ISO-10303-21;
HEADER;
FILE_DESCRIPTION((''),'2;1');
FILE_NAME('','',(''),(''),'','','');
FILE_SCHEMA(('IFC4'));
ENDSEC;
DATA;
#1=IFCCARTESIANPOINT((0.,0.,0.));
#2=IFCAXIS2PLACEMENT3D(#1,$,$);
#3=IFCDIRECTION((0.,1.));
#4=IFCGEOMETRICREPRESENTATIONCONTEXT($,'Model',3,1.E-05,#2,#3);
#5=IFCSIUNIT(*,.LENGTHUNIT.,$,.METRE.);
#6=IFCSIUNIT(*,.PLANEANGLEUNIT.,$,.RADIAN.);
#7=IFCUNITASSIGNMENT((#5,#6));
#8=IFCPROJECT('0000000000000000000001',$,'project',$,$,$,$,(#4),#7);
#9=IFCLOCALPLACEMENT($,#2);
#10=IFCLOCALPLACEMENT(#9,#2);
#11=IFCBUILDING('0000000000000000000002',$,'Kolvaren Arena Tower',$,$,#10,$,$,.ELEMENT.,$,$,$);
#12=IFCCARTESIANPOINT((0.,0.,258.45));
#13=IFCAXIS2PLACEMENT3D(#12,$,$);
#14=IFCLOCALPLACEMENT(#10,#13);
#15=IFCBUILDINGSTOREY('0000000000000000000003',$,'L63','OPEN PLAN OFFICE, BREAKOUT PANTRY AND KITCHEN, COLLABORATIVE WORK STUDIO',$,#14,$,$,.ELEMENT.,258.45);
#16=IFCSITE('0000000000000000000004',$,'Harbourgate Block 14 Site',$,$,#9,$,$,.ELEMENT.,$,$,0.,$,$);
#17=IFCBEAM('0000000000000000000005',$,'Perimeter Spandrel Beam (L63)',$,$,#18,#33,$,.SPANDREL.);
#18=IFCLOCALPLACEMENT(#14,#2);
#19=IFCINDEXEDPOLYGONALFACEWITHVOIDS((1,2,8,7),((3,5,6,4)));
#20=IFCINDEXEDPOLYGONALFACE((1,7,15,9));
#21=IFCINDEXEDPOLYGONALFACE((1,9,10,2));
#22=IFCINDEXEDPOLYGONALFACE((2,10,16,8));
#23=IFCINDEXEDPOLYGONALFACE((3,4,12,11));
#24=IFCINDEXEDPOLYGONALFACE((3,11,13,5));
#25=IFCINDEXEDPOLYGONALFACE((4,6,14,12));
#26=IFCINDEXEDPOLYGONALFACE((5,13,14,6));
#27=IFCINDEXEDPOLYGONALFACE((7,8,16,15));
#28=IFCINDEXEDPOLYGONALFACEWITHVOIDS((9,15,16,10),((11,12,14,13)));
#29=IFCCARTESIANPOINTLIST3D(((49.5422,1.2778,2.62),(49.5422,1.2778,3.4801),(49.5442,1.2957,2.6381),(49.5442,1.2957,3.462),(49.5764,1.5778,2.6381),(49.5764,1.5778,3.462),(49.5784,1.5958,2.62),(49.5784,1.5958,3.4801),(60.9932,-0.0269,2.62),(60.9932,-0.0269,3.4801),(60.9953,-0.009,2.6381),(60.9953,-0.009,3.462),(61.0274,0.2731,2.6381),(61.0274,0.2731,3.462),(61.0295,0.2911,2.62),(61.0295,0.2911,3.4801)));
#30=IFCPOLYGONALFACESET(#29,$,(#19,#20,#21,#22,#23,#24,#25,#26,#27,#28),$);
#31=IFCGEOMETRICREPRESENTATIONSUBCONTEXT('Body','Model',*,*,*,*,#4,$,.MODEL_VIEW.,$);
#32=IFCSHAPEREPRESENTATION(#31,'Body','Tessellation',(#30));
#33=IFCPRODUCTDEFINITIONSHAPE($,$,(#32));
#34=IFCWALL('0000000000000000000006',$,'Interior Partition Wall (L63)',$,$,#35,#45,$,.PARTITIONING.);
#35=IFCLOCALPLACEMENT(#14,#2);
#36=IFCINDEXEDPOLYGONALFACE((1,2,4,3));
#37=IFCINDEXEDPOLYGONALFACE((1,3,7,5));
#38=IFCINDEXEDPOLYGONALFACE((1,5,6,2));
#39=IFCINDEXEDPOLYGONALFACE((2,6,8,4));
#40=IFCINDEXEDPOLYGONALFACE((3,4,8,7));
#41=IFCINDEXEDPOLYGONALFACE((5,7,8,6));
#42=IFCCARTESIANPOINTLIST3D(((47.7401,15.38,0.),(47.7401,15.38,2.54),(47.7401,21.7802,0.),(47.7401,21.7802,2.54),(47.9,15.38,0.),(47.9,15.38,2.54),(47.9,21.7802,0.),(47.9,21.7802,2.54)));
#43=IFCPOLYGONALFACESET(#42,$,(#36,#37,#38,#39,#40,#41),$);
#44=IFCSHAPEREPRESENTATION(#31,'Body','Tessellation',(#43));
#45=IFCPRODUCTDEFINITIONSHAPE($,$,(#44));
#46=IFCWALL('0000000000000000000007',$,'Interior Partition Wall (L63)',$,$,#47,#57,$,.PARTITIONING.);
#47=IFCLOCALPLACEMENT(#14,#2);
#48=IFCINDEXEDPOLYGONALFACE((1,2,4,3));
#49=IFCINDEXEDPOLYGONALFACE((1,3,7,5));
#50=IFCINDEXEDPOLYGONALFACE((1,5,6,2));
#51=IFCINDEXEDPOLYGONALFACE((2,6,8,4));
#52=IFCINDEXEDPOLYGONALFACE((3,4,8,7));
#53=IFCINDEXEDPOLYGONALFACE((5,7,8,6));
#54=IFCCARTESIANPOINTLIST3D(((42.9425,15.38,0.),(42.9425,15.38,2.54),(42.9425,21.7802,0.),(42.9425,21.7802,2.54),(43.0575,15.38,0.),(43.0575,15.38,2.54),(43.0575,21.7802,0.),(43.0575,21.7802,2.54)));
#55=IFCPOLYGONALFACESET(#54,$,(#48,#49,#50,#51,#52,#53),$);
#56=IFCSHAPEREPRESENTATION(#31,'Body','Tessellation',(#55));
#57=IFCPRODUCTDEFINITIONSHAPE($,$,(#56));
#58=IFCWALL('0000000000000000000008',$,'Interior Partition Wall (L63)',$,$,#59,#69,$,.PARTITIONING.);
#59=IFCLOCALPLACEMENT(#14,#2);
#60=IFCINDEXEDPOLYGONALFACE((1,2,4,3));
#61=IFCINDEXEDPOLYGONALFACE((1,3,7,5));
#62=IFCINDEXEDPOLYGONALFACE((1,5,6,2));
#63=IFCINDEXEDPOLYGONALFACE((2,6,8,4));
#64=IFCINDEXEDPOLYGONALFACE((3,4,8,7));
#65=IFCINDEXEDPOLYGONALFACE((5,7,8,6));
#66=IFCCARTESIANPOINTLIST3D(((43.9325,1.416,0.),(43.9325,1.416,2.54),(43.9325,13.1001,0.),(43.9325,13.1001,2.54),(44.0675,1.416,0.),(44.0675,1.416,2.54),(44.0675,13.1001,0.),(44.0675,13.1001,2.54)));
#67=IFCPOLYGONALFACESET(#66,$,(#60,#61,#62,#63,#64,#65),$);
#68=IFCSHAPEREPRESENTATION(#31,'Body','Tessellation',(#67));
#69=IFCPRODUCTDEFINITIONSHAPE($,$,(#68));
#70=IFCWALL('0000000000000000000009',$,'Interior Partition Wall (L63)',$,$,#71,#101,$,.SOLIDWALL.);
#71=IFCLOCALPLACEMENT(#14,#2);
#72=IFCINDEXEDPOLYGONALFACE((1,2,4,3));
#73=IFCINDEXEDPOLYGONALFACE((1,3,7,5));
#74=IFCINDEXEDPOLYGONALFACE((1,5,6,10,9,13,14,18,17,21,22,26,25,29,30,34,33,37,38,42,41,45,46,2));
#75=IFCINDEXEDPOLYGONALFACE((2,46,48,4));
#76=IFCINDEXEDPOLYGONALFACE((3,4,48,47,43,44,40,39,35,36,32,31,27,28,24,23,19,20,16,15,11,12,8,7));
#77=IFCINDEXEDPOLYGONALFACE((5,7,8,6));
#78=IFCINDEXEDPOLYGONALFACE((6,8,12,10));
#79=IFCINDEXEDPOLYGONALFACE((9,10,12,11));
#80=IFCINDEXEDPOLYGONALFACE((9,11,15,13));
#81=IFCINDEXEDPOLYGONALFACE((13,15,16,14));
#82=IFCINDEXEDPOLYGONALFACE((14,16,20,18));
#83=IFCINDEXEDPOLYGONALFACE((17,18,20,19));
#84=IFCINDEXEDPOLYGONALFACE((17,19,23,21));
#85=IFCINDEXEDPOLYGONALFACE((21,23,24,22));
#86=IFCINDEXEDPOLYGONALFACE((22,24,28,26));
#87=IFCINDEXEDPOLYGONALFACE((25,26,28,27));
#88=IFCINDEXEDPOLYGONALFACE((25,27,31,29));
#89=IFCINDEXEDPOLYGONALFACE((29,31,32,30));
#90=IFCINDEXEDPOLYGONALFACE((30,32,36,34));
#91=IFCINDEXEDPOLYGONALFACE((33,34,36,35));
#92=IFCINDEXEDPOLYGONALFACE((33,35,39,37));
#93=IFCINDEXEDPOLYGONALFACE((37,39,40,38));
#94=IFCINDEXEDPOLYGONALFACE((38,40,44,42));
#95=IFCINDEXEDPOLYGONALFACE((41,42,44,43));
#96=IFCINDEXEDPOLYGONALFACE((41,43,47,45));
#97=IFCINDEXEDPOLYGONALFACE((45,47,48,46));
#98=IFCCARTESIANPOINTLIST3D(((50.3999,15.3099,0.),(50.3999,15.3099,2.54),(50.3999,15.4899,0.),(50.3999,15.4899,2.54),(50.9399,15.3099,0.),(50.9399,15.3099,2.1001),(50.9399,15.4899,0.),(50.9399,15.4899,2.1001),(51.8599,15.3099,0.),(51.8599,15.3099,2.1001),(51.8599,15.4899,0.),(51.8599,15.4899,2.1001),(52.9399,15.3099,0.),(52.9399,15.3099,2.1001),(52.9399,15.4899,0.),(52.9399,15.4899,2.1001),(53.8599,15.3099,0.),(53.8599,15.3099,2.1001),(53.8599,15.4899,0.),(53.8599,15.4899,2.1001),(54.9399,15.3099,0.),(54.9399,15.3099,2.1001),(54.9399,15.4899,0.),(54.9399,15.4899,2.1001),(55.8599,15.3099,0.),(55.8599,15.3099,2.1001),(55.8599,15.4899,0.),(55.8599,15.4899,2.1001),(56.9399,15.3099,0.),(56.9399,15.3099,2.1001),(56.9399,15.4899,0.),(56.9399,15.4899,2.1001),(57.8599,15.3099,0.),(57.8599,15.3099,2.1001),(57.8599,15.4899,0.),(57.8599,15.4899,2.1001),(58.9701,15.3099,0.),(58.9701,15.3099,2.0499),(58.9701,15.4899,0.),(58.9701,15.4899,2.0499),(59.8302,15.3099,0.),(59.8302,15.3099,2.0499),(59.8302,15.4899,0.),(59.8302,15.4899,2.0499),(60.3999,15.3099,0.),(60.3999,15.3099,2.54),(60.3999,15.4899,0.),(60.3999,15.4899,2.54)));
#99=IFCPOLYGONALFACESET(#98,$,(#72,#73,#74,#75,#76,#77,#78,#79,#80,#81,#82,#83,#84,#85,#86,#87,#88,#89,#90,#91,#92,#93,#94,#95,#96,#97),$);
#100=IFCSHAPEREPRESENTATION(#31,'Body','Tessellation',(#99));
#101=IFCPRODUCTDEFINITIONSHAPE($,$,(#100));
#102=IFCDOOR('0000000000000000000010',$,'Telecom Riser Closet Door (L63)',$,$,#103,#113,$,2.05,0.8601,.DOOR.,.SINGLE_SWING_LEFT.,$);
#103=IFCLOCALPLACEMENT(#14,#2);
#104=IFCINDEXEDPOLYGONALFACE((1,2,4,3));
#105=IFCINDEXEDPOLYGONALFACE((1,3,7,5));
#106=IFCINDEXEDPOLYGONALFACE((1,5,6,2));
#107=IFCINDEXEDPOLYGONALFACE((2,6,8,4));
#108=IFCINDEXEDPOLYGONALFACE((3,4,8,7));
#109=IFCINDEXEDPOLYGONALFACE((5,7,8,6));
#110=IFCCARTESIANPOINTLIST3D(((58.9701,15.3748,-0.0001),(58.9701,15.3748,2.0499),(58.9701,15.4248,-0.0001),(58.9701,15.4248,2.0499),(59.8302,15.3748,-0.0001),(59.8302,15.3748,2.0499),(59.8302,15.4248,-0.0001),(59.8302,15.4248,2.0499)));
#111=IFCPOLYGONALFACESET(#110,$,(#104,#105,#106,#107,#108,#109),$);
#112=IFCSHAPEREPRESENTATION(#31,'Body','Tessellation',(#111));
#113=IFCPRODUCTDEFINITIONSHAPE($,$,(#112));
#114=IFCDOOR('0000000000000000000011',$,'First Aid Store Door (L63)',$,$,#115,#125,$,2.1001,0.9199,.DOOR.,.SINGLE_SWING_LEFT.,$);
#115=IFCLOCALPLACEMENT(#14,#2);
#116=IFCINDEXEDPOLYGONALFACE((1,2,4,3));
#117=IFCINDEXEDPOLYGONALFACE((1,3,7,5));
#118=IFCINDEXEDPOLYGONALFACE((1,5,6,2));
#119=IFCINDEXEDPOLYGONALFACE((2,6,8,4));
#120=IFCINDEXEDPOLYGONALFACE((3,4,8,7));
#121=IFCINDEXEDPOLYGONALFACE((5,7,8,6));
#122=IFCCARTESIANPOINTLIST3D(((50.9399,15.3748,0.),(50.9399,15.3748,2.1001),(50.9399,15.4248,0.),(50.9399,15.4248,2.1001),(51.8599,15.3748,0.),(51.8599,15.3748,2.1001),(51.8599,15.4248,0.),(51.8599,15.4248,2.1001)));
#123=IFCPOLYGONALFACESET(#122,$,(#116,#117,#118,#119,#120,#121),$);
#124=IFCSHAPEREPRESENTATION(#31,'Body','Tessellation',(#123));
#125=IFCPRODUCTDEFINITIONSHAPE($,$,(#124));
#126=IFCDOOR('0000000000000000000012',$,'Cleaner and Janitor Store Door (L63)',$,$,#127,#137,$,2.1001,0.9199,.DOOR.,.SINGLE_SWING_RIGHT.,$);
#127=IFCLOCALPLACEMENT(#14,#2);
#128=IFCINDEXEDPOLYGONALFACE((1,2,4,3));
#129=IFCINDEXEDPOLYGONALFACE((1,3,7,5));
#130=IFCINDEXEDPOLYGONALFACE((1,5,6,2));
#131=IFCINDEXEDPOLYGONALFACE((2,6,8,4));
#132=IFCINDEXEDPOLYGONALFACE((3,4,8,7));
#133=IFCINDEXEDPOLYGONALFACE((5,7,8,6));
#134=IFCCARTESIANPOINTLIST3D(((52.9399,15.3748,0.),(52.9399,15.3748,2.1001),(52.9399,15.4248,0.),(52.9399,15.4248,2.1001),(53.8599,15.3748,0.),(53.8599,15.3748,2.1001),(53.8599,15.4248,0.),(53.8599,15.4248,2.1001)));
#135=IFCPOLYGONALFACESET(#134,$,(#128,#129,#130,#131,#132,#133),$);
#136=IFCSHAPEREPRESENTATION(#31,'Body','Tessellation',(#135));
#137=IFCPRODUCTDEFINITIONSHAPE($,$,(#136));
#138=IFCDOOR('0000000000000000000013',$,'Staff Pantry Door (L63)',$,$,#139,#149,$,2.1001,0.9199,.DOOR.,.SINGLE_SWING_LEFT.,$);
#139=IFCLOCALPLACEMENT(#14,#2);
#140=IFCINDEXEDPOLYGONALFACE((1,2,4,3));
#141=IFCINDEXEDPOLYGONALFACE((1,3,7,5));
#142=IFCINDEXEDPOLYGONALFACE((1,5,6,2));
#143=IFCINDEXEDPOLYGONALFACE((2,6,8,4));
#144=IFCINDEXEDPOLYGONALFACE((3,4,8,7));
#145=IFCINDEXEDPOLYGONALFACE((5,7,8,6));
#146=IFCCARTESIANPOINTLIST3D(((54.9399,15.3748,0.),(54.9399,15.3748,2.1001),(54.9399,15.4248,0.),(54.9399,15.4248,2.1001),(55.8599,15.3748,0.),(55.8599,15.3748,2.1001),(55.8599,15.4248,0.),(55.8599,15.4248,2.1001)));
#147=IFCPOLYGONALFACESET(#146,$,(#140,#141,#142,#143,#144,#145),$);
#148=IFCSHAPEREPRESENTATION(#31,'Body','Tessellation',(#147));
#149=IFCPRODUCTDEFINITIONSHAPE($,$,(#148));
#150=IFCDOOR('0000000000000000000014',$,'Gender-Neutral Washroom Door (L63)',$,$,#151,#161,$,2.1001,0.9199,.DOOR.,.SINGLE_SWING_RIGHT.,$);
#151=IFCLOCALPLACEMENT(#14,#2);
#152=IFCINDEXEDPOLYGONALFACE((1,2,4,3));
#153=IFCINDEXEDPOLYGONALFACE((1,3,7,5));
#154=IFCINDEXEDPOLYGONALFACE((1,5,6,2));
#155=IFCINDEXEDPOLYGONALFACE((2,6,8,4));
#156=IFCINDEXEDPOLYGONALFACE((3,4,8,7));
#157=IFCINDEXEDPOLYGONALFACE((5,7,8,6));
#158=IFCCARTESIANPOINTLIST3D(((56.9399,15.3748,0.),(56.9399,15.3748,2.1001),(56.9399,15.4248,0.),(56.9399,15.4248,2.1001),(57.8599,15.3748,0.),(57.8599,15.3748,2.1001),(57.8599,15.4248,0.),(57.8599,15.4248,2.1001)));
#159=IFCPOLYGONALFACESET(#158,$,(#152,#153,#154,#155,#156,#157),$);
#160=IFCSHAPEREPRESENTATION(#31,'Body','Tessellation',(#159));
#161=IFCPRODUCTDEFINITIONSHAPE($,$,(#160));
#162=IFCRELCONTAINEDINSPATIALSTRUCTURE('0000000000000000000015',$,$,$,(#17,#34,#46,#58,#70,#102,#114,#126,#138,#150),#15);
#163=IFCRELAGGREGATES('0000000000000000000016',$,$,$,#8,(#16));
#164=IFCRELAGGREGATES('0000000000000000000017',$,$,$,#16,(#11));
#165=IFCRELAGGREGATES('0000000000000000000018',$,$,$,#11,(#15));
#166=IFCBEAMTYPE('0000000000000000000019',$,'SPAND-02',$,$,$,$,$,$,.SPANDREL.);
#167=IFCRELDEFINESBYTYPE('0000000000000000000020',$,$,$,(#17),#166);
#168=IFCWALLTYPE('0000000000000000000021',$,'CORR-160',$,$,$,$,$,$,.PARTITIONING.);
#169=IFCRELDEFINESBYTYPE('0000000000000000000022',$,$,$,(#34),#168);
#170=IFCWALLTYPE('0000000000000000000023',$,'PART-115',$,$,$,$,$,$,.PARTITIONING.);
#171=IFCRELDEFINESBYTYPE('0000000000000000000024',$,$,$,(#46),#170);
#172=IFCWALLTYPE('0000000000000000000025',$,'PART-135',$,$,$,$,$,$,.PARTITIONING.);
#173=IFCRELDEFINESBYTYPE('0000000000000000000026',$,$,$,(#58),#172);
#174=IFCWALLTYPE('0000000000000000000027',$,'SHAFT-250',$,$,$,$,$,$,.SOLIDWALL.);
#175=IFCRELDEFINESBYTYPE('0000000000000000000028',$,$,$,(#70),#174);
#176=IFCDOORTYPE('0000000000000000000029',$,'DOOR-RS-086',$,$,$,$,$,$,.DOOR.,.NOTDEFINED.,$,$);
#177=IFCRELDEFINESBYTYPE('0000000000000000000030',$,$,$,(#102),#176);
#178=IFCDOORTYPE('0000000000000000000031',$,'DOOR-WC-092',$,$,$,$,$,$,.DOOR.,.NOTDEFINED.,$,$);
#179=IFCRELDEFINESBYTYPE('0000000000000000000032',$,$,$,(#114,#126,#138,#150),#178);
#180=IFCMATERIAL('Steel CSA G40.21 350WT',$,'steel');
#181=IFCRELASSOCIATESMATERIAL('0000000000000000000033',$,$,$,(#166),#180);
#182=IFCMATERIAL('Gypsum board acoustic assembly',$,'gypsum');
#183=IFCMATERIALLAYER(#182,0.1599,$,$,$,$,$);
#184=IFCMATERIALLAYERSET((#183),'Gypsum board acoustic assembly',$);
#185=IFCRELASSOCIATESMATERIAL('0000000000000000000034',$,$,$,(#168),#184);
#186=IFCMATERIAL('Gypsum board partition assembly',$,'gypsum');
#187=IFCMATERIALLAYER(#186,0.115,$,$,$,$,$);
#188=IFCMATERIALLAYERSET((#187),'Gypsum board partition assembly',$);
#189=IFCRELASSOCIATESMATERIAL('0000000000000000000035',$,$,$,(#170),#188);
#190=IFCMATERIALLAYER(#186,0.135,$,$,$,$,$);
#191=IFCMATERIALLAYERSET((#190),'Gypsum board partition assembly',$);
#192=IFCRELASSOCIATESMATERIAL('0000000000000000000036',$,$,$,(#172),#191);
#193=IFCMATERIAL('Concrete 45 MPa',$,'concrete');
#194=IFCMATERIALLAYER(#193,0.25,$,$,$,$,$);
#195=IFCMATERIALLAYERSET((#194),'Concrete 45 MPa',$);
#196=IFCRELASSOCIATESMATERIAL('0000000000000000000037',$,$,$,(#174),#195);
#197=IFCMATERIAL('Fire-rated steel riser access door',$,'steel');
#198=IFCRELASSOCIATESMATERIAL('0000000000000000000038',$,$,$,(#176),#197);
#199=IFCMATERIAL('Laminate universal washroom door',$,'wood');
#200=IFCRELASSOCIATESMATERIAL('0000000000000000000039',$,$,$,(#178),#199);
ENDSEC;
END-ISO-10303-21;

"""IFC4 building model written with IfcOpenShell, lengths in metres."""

from ifc_helpers import new_model, si_unit, direction, frame, frame_2d, origin, origin_2d, place, context, subcontext, project, spatial, rectangle, hollow_rectangle, extrude, material, layer, layer_set, material_profile, profile_set, type_object, element, fill, save


model = new_model("IFC4")

# Units and contexts
model_context = context("Model", 3, precision=1e-05, world=origin(), true_north=direction((0.0, 1.0)))
body_context = subcontext(model_context, "Body", "Model", "MODEL_VIEW")
ifc_project = project(units=[si_unit("LENGTHUNIT", "METRE"), si_unit("PLANEANGLEUNIT", "RADIAN")], contexts=[model_context])

# Site, building, storey
site_placement = place(None, origin())
site = spatial("IfcSite", under=ifc_project, at=site_placement, Name="Harbourgate Block 14 Site", CompositionType="ELEMENT", RefElevation=0.0)
building_placement = place(site_placement, origin())
building = spatial("IfcBuilding", under=site, at=building_placement, Name="Kolvaren Arena Tower", CompositionType="ELEMENT")
storey_placement = place(building_placement, frame((0.0, 0.0, 258.45)))
storey = spatial("IfcBuildingStorey", under=building, at=storey_placement, Name="L63", Description="OPEN PLAN OFFICE, BREAKOUT PANTRY AND KITCHEN, COLLABORATIVE WORK STUDIO", CompositionType="ELEMENT", Elevation=258.45)

# Beam
ifc_material_1 = material(Name="Steel CSA G40.21 350WT", Category="steel")
ifc_material_profile_1 = material_profile(ifc_material_1, hollow_rectangle(XDim=0.3201, YDim=0.8601, WallThickness=0.0181, at=origin_2d()), Name="HSS 860x320x18")
ifc_profile_set_1 = profile_set([ifc_material_profile_1], Name="Steel CSA G40.21 350WT")
beam_type_1 = type_object("IfcBeamType", Name="SPAND-02", PredefinedType="SPANDREL", material=ifc_profile_set_1)
beam_1_placement = place(storey_placement, frame((49.5603, 1.4368, 3.05), z_axis=(0.993572, -0.113202, 0.0), x_axis=(0.113202, 0.993572, 0.0)))
element("IfcBeam", 1, at=beam_1_placement, inside=storey, type_object=beam_type_1, Name="Perimeter Spandrel Beam (L63)", PredefinedType="SPANDREL", context=body_context, shape_type="SweptSolid", body=[
    extrude(hollow_rectangle(XDim=0.3201, YDim=0.8601, WallThickness=0.0181, at=origin_2d()), origin(), (0.0, 0.0, 1.0), 11.5251),
])

# Walls
ifc_material_2 = material(Name="Gypsum board acoustic assembly", Category="gypsum")
ifc_layer_1 = layer(ifc_material_2, 0.1599)
ifc_layer_set_1 = layer_set([ifc_layer_1], Name="Gypsum board acoustic assembly")
wall_type_1 = type_object("IfcWallType", Name="CORR-160", PredefinedType="PARTITIONING", material=ifc_layer_set_1)
wall_1_placement = place(storey_placement, frame((47.8201, 15.3799, 0.0), z_axis=(0.0, 0.0, 1.0), x_axis=(0.0, 1.0, 0.0)))
element("IfcWall", 2, at=wall_1_placement, inside=storey, type_object=wall_type_1, Name="Interior Partition Wall (L63)", PredefinedType="PARTITIONING", context=body_context, shape_type="SweptSolid", body=[
    extrude(rectangle(XDim=6.4001, YDim=0.1599, at=frame_2d((3.2002, 0.0))), origin(), (0.0, 0.0, 1.0), 2.54),
])
ifc_material_3 = material(Name="Gypsum board partition assembly", Category="gypsum")
ifc_layer_2 = layer(ifc_material_3, 0.115)
ifc_layer_set_2 = layer_set([ifc_layer_2], Name="Gypsum board partition assembly")
wall_type_2 = type_object("IfcWallType", Name="PART-115", PredefinedType="PARTITIONING", material=ifc_layer_set_2)
wall_2_placement = place(storey_placement, frame((43.0, 15.3799, 0.0), z_axis=(0.0, 0.0, 1.0), x_axis=(0.0, 1.0, 0.0)))
element("IfcWall", 3, at=wall_2_placement, inside=storey, type_object=wall_type_2, Name="Interior Partition Wall (L63)", PredefinedType="PARTITIONING", context=body_context, shape_type="SweptSolid", body=[
    extrude(rectangle(XDim=6.4001, YDim=0.115, at=frame_2d((3.2002, 0.0))), origin(), (0.0, 0.0, 1.0), 2.54),
])
ifc_layer_3 = layer(ifc_material_3, 0.135)
ifc_layer_set_3 = layer_set([ifc_layer_3], Name="Gypsum board partition assembly")
wall_type_3 = type_object("IfcWallType", Name="PART-135", PredefinedType="PARTITIONING", material=ifc_layer_set_3)
wall_3_placement = place(storey_placement, frame((44.0, 1.416, 0.0), z_axis=(0.0, 0.0, 1.0), x_axis=(0.0, 1.0, 0.0)))
element("IfcWall", 4, at=wall_3_placement, inside=storey, type_object=wall_type_3, Name="Interior Partition Wall (L63)", PredefinedType="PARTITIONING", context=body_context, shape_type="SweptSolid", body=[
    extrude(rectangle(XDim=11.6841, YDim=0.135, at=frame_2d((5.842, 0.0))), origin(), (0.0, 0.0, 1.0), 2.54),
])

# Wall, openings, doors
ifc_material_4 = material(Name="Concrete 45 MPa", Category="concrete")
ifc_layer_4 = layer(ifc_material_4, 0.25)
ifc_layer_set_4 = layer_set([ifc_layer_4], Name="Concrete 45 MPa")
wall_type_4 = type_object("IfcWallType", Name="SHAFT-250", PredefinedType="SOLIDWALL", material=ifc_layer_set_4)
wall_4_placement = place(storey_placement, frame((50.3999, 15.3999, 0.0), z_axis=(0.0, 0.0, 1.0), x_axis=(1.0, 0.0, 0.0)))
wall_4 = element("IfcWall", 5, at=wall_4_placement, inside=storey, type_object=wall_type_4, Name="Interior Partition Wall (L63)", PredefinedType="SOLIDWALL", context=body_context, shape_type="SweptSolid", body=[
    extrude(rectangle(XDim=10.0, YDim=0.1799, at=frame_2d((5.0, 0.0))), origin(), (0.0, 0.0, 1.0), 2.54),
])
opening_1_placement = place(wall_4_placement, frame((0.54, 0.0, 0.0)))
opening_1 = element("IfcOpeningElement", 6, at=opening_1_placement, cuts=wall_4, PredefinedType="OPENING", context=body_context, shape_type="SweptSolid", body=[
    extrude(rectangle(XDim=0.9199, YDim=2.1001, at=frame_2d((0.46, 1.05))), frame((0.0, 0.0999, 0.0), z_axis=(0.0, -1.0, 0.0), x_axis=(1.0, 0.0, 0.0)), (0.0, 0.0, 1.0), 0.2),
])
opening_2_placement = place(wall_4_placement, frame((2.54, 0.0, 0.0)))
opening_2 = element("IfcOpeningElement", 7, at=opening_2_placement, cuts=wall_4, PredefinedType="OPENING", context=body_context, shape_type="SweptSolid", body=[
    extrude(rectangle(XDim=0.9199, YDim=2.1001, at=frame_2d((0.46, 1.05))), frame((0.0, 0.0999, 0.0), z_axis=(0.0, -1.0, 0.0), x_axis=(1.0, 0.0, 0.0)), (0.0, 0.0, 1.0), 0.2),
])
opening_3_placement = place(wall_4_placement, frame((4.54, 0.0, 0.0)))
opening_3 = element("IfcOpeningElement", 8, at=opening_3_placement, cuts=wall_4, PredefinedType="OPENING", context=body_context, shape_type="SweptSolid", body=[
    extrude(rectangle(XDim=0.9199, YDim=2.1001, at=frame_2d((0.46, 1.05))), frame((0.0, 0.0999, 0.0), z_axis=(0.0, -1.0, 0.0), x_axis=(1.0, 0.0, 0.0)), (0.0, 0.0, 1.0), 0.2),
])
opening_4_placement = place(wall_4_placement, frame((6.54, 0.0, 0.0)))
opening_4 = element("IfcOpeningElement", 9, at=opening_4_placement, cuts=wall_4, PredefinedType="OPENING", context=body_context, shape_type="SweptSolid", body=[
    extrude(rectangle(XDim=0.9199, YDim=2.1001, at=frame_2d((0.46, 1.05))), frame((0.0, 0.0999, 0.0), z_axis=(0.0, -1.0, 0.0), x_axis=(1.0, 0.0, 0.0)), (0.0, 0.0, 1.0), 0.2),
])
opening_5_placement = place(wall_4_placement, frame((8.5701, 0.0, 0.0)))
opening_5 = element("IfcOpeningElement", 10, at=opening_5_placement, cuts=wall_4, PredefinedType="OPENING", context=body_context, shape_type="SweptSolid", body=[
    extrude(rectangle(XDim=0.8601, YDim=2.05, at=frame_2d((0.4302, 1.0249))), frame((0.0, 0.0999, 0.0), z_axis=(0.0, -1.0, 0.0), x_axis=(1.0, 0.0, 0.0)), (0.0, 0.0, 1.0), 0.2),
])
ifc_material_5 = material(Name="Fire-rated steel riser access door", Category="steel")
door_type_1 = type_object("IfcDoorType", Name="DOOR-RS-086", OperationType="NOTDEFINED", PredefinedType="DOOR", material=ifc_material_5)
door_1_placement = place(opening_5_placement, origin())
door_1 = element("IfcDoor", 11, at=door_1_placement, inside=storey, type_object=door_type_1, Name="Telecom Riser Closet Door (L63)", OperationType="SINGLE_SWING_LEFT", OverallHeight=2.05, OverallWidth=0.8601, PredefinedType="DOOR", context=body_context, shape_type="SweptSolid", body=[
    extrude(rectangle(XDim=0.8601, YDim=2.05, at=frame_2d((0.4302, 1.0249))), frame((0.0, 0.0249, 0.0), z_axis=(0.0, -1.0, 0.0), x_axis=(1.0, 0.0, 0.0)), (0.0, 0.0, 1.0), 0.05),
])
fill(opening_5, door_1)
ifc_material_6 = material(Name="Laminate universal washroom door", Category="wood")
door_type_2 = type_object("IfcDoorType", Name="DOOR-WC-092", OperationType="NOTDEFINED", PredefinedType="DOOR", material=ifc_material_6)
door_2_placement = place(opening_1_placement, origin())
door_2 = element("IfcDoor", 12, at=door_2_placement, inside=storey, type_object=door_type_2, Name="First Aid Store Door (L63)", OperationType="SINGLE_SWING_LEFT", OverallHeight=2.1001, OverallWidth=0.9199, PredefinedType="DOOR", context=body_context, shape_type="SweptSolid", body=[
    extrude(rectangle(XDim=0.9199, YDim=2.1001, at=frame_2d((0.46, 1.05))), frame((0.0, 0.0249, 0.0), z_axis=(0.0, -1.0, 0.0), x_axis=(1.0, 0.0, 0.0)), (0.0, 0.0, 1.0), 0.05),
])
fill(opening_1, door_2)
door_3_placement = place(opening_2_placement, origin())
door_3 = element("IfcDoor", 13, at=door_3_placement, inside=storey, type_object=door_type_2, Name="Cleaner and Janitor Store Door (L63)", OperationType="SINGLE_SWING_RIGHT", OverallHeight=2.1001, OverallWidth=0.9199, PredefinedType="DOOR", context=body_context, shape_type="SweptSolid", body=[
    extrude(rectangle(XDim=0.9199, YDim=2.1001, at=frame_2d((0.46, 1.05))), frame((0.0, 0.0249, 0.0), z_axis=(0.0, -1.0, 0.0), x_axis=(1.0, 0.0, 0.0)), (0.0, 0.0, 1.0), 0.05),
])
fill(opening_2, door_3)
door_4_placement = place(opening_3_placement, origin())
door_4 = element("IfcDoor", 14, at=door_4_placement, inside=storey, type_object=door_type_2, Name="Staff Pantry Door (L63)", OperationType="SINGLE_SWING_LEFT", OverallHeight=2.1001, OverallWidth=0.9199, PredefinedType="DOOR", context=body_context, shape_type="SweptSolid", body=[
    extrude(rectangle(XDim=0.9199, YDim=2.1001, at=frame_2d((0.46, 1.05))), frame((0.0, 0.0249, 0.0), z_axis=(0.0, -1.0, 0.0), x_axis=(1.0, 0.0, 0.0)), (0.0, 0.0, 1.0), 0.05),
])
fill(opening_3, door_4)
door_5_placement = place(opening_4_placement, origin())
door_5 = element("IfcDoor", 15, at=door_5_placement, inside=storey, type_object=door_type_2, Name="Gender-Neutral Washroom Door (L63)", OperationType="SINGLE_SWING_RIGHT", OverallHeight=2.1001, OverallWidth=0.9199, PredefinedType="DOOR", context=body_context, shape_type="SweptSolid", body=[
    extrude(rectangle(XDim=0.9199, YDim=2.1001, at=frame_2d((0.46, 1.05))), frame((0.0, 0.0249, 0.0), z_axis=(0.0, -1.0, 0.0), x_axis=(1.0, 0.0, 0.0)), (0.0, 0.0, 1.0), 0.05),
])
fill(opening_4, door_5)

save(model, "model.ifc")
